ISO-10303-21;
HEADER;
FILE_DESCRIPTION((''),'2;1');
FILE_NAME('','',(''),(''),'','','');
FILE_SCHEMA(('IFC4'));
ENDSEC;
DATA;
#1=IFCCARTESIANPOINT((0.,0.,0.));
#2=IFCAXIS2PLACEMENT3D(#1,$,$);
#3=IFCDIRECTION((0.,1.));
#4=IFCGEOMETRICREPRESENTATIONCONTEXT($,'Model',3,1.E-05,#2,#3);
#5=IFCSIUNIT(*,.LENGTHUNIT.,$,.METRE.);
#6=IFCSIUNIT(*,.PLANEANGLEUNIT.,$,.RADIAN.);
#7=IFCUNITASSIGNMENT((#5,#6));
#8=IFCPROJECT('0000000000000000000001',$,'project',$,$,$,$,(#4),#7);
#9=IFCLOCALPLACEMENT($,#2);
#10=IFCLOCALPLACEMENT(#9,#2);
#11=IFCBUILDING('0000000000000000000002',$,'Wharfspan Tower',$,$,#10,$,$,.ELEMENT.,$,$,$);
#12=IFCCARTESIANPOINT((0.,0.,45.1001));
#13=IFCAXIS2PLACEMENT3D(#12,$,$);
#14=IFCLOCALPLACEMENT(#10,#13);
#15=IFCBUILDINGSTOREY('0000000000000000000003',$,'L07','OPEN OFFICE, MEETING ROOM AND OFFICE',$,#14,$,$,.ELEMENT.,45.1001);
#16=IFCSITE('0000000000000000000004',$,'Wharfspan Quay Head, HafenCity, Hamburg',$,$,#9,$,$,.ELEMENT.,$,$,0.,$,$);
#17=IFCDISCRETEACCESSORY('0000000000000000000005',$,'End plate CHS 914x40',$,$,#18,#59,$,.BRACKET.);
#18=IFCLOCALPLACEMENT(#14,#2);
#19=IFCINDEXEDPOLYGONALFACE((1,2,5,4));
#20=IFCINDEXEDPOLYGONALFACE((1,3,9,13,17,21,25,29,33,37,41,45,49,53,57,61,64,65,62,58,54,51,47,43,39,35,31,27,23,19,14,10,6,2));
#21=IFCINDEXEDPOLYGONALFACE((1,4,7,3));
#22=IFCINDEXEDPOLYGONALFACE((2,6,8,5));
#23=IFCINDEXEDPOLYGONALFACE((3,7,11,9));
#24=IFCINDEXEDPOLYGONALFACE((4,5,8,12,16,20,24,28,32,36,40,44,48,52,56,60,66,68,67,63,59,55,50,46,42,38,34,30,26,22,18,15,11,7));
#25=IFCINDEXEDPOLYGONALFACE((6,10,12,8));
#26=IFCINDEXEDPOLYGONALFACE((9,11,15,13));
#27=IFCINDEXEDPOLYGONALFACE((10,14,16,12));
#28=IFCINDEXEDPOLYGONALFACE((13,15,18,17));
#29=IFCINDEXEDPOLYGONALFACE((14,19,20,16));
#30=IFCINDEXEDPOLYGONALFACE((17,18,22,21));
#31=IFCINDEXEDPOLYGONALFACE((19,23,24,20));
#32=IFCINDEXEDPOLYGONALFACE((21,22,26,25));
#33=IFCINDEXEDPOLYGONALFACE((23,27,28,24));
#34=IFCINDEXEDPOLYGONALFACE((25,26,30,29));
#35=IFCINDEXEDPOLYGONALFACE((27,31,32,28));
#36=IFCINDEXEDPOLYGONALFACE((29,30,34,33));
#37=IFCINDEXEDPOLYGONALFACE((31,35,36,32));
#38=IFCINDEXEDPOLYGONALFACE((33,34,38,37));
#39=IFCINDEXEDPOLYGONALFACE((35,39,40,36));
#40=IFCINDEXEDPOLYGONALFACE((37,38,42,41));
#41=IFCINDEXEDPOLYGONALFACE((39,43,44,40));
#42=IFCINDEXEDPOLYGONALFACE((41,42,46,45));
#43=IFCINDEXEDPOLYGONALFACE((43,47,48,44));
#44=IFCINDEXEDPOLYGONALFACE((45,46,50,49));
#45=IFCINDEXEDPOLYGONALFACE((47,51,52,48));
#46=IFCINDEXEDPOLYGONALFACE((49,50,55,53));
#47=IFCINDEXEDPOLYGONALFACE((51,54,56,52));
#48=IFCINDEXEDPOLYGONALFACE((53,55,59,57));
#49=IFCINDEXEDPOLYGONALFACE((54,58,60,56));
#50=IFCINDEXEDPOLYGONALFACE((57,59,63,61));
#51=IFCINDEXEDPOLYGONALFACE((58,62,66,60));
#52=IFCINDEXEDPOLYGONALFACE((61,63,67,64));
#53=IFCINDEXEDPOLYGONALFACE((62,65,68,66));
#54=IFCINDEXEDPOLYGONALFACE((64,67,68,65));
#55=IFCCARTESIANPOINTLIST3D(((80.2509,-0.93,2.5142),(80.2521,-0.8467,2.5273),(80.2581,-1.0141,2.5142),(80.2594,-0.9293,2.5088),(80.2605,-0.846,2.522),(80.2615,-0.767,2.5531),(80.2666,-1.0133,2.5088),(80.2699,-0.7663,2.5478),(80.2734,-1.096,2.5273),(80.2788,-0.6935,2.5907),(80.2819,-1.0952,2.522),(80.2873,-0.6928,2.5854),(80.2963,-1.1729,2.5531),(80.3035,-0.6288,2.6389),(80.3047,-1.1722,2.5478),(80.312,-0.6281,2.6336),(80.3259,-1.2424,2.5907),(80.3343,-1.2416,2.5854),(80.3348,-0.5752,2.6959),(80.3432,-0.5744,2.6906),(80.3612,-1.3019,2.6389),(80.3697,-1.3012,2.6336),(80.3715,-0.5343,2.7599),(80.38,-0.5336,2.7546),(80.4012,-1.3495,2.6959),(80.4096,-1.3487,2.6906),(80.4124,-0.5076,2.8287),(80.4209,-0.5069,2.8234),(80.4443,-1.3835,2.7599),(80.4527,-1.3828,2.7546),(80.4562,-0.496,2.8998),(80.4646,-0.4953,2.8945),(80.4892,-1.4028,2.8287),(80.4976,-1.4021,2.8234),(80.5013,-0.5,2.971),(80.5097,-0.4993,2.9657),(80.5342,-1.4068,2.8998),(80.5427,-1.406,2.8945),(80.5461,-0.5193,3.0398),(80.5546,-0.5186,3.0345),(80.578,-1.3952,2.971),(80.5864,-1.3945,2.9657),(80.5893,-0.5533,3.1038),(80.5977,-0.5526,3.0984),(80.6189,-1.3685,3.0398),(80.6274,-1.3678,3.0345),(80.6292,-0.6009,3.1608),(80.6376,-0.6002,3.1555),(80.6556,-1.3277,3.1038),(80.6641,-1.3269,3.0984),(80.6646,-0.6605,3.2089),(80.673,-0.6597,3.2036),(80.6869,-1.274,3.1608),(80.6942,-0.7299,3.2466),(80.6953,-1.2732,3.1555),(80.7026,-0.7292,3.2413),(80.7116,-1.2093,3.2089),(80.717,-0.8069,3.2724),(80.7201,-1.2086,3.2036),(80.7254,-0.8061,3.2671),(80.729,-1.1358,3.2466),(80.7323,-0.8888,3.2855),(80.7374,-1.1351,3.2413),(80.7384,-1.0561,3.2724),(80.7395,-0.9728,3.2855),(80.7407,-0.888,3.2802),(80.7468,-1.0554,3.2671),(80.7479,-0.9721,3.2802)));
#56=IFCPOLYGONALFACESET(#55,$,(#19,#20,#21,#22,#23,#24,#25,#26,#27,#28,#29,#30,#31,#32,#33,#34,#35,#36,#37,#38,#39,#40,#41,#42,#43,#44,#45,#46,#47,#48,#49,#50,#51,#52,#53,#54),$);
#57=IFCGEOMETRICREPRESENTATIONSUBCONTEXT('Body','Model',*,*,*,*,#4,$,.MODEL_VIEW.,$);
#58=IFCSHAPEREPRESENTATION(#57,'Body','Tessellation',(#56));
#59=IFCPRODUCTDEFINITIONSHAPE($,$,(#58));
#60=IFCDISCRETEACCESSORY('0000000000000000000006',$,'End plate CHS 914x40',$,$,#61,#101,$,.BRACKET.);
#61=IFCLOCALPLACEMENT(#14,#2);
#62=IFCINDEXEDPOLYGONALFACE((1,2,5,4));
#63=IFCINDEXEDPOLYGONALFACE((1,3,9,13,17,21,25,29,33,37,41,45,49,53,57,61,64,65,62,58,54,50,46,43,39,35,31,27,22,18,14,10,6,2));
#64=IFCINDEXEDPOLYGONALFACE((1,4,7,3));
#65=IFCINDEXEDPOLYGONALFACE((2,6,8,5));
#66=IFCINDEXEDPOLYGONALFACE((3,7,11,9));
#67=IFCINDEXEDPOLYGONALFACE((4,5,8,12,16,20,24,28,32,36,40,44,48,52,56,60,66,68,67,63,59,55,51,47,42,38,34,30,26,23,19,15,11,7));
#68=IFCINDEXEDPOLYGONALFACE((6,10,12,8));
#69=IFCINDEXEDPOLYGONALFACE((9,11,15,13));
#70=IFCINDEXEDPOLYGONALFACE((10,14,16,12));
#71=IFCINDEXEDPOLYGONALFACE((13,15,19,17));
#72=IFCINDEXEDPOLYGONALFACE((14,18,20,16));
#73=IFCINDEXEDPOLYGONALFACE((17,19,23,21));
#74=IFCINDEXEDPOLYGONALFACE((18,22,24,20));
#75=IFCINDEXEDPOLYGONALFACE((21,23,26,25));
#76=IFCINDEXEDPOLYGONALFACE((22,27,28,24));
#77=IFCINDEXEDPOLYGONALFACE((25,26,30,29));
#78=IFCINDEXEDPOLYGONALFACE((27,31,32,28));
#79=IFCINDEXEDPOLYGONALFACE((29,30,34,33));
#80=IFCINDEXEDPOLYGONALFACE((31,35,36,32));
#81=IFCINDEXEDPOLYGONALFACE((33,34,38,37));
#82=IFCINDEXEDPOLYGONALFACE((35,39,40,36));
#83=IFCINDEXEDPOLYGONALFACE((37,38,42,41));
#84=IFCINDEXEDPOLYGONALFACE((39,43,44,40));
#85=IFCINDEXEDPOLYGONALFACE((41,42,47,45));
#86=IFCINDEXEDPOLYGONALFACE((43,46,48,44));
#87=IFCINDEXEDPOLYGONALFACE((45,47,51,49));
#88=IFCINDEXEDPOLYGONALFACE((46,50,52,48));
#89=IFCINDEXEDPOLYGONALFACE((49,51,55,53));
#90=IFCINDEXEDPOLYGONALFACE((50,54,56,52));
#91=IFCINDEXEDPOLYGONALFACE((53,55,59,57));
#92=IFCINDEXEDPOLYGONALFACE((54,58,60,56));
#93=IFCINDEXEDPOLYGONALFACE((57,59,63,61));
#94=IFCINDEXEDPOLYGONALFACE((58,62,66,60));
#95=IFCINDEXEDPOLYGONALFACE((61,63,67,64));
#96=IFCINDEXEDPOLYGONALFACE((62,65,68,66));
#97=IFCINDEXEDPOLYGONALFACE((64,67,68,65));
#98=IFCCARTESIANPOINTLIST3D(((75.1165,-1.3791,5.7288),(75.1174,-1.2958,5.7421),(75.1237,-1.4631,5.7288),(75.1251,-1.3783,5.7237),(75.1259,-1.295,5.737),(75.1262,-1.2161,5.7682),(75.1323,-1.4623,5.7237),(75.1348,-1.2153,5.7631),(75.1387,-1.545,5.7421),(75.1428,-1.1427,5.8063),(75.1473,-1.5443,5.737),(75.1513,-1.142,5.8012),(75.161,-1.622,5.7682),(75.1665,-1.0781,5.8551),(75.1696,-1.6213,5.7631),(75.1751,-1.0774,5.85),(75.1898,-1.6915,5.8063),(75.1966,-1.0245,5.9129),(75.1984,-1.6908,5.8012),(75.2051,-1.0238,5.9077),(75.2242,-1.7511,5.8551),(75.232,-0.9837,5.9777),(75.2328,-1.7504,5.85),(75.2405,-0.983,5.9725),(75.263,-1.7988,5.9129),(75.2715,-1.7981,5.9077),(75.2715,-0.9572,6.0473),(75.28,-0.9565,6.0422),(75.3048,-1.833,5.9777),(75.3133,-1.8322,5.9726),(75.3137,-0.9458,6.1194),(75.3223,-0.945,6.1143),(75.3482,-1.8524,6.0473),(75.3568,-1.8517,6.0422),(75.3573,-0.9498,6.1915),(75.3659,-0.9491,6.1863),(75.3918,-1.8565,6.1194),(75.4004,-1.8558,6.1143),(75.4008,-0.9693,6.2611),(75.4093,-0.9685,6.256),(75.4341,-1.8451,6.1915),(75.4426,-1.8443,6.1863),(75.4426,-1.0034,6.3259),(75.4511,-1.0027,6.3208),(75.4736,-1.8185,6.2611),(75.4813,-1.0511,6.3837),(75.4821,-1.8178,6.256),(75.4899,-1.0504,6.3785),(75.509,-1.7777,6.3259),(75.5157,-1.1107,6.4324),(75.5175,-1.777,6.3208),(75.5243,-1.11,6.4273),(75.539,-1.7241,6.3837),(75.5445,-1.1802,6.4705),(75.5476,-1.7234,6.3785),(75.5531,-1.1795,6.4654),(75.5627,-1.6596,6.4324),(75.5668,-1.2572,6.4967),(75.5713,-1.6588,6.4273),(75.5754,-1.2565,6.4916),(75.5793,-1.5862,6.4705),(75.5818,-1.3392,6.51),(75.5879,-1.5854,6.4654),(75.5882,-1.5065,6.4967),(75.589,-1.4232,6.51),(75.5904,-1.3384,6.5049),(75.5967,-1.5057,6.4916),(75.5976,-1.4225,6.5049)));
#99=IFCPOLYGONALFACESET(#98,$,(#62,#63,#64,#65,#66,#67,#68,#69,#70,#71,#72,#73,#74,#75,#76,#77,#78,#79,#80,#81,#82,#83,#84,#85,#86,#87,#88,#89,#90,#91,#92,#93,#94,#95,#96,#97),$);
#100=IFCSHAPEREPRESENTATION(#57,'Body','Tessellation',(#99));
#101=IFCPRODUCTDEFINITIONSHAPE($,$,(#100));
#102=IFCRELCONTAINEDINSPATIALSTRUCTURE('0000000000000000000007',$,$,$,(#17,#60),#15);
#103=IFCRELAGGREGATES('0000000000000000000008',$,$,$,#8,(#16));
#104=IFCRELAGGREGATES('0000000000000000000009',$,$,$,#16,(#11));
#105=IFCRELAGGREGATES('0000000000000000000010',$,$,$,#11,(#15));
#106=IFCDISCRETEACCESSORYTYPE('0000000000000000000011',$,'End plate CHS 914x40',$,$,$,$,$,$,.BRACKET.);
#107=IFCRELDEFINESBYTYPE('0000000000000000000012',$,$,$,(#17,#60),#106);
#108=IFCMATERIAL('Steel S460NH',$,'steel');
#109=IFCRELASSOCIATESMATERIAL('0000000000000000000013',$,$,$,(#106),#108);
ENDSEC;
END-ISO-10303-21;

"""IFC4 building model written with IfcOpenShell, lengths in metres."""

from ifc_helpers import new_model, si_unit, direction, frame, origin, origin_2d, place, context, subcontext, project, spatial, circle, extrude, material, material_profile, profile_set, type_object, element, save


model = new_model("IFC4")

# Units and contexts
model_context = context("Model", 3, precision=1e-05, world=origin(), true_north=direction((0.0, 1.0)))
body_context = subcontext(model_context, "Body", "Model", "MODEL_VIEW")
ifc_project = project(units=[si_unit("LENGTHUNIT", "METRE"), si_unit("PLANEANGLEUNIT", "RADIAN")], contexts=[model_context])

# Site, building, storey
site_placement = place(None, origin())
site = spatial("IfcSite", under=ifc_project, at=site_placement, Name="Wharfspan Quay Head, HafenCity, Hamburg", CompositionType="ELEMENT", RefElevation=0.0)
building_placement = place(site_placement, origin())
building = spatial("IfcBuilding", under=site, at=building_placement, Name="Wharfspan Tower", CompositionType="ELEMENT")
storey_placement = place(building_placement, frame((0.0, 0.0, 45.1001)))
storey = spatial("IfcBuildingStorey", under=building, at=storey_placement, Name="L07", Description="OPEN OFFICE, MEETING ROOM AND OFFICE", CompositionType="ELEMENT", Elevation=45.1001)

# Shared definitions
ifc_material_1 = material(Name="Steel S460NH", Category="steel")

# Discrete accessories
ifc_material_profile_1 = material_profile(ifc_material_1, circle(Radius=0.457, at=origin_2d()))
ifc_profile_set_1 = profile_set([ifc_material_profile_1], Name="Steel S460NH")
discrete_accessory_type = type_object("IfcDiscreteAccessoryType", Name="End plate CHS 914x40", PredefinedType="BRACKET", material=ifc_profile_set_1)
for number, where, z_axis, x_axis, name in (
    (1, (80.5037, -0.9507, 2.8945), (-0.844416, -0.072379, 0.530776), (0.085402, -0.99635, 0.0), "End plate CHS 914x40"),
    (2, (75.3613, -1.4004, 6.1143), (-0.855186, -0.073302, 0.513112), (0.085402, -0.996345, 0.000001), "End plate CHS 914x40"),
):
    element("IfcDiscreteAccessory", number, at=place(storey_placement, frame(where, z_axis=z_axis, x_axis=x_axis)), inside=storey, type_object=discrete_accessory_type, Name=name, PredefinedType="BRACKET", context=body_context, shape_type="SweptSolid", body=[
        extrude(circle(Radius=0.457, at=origin_2d()), origin(), (0.0, 0.0, 1.0), 0.01),
    ])

save(model, "model.ifc")
